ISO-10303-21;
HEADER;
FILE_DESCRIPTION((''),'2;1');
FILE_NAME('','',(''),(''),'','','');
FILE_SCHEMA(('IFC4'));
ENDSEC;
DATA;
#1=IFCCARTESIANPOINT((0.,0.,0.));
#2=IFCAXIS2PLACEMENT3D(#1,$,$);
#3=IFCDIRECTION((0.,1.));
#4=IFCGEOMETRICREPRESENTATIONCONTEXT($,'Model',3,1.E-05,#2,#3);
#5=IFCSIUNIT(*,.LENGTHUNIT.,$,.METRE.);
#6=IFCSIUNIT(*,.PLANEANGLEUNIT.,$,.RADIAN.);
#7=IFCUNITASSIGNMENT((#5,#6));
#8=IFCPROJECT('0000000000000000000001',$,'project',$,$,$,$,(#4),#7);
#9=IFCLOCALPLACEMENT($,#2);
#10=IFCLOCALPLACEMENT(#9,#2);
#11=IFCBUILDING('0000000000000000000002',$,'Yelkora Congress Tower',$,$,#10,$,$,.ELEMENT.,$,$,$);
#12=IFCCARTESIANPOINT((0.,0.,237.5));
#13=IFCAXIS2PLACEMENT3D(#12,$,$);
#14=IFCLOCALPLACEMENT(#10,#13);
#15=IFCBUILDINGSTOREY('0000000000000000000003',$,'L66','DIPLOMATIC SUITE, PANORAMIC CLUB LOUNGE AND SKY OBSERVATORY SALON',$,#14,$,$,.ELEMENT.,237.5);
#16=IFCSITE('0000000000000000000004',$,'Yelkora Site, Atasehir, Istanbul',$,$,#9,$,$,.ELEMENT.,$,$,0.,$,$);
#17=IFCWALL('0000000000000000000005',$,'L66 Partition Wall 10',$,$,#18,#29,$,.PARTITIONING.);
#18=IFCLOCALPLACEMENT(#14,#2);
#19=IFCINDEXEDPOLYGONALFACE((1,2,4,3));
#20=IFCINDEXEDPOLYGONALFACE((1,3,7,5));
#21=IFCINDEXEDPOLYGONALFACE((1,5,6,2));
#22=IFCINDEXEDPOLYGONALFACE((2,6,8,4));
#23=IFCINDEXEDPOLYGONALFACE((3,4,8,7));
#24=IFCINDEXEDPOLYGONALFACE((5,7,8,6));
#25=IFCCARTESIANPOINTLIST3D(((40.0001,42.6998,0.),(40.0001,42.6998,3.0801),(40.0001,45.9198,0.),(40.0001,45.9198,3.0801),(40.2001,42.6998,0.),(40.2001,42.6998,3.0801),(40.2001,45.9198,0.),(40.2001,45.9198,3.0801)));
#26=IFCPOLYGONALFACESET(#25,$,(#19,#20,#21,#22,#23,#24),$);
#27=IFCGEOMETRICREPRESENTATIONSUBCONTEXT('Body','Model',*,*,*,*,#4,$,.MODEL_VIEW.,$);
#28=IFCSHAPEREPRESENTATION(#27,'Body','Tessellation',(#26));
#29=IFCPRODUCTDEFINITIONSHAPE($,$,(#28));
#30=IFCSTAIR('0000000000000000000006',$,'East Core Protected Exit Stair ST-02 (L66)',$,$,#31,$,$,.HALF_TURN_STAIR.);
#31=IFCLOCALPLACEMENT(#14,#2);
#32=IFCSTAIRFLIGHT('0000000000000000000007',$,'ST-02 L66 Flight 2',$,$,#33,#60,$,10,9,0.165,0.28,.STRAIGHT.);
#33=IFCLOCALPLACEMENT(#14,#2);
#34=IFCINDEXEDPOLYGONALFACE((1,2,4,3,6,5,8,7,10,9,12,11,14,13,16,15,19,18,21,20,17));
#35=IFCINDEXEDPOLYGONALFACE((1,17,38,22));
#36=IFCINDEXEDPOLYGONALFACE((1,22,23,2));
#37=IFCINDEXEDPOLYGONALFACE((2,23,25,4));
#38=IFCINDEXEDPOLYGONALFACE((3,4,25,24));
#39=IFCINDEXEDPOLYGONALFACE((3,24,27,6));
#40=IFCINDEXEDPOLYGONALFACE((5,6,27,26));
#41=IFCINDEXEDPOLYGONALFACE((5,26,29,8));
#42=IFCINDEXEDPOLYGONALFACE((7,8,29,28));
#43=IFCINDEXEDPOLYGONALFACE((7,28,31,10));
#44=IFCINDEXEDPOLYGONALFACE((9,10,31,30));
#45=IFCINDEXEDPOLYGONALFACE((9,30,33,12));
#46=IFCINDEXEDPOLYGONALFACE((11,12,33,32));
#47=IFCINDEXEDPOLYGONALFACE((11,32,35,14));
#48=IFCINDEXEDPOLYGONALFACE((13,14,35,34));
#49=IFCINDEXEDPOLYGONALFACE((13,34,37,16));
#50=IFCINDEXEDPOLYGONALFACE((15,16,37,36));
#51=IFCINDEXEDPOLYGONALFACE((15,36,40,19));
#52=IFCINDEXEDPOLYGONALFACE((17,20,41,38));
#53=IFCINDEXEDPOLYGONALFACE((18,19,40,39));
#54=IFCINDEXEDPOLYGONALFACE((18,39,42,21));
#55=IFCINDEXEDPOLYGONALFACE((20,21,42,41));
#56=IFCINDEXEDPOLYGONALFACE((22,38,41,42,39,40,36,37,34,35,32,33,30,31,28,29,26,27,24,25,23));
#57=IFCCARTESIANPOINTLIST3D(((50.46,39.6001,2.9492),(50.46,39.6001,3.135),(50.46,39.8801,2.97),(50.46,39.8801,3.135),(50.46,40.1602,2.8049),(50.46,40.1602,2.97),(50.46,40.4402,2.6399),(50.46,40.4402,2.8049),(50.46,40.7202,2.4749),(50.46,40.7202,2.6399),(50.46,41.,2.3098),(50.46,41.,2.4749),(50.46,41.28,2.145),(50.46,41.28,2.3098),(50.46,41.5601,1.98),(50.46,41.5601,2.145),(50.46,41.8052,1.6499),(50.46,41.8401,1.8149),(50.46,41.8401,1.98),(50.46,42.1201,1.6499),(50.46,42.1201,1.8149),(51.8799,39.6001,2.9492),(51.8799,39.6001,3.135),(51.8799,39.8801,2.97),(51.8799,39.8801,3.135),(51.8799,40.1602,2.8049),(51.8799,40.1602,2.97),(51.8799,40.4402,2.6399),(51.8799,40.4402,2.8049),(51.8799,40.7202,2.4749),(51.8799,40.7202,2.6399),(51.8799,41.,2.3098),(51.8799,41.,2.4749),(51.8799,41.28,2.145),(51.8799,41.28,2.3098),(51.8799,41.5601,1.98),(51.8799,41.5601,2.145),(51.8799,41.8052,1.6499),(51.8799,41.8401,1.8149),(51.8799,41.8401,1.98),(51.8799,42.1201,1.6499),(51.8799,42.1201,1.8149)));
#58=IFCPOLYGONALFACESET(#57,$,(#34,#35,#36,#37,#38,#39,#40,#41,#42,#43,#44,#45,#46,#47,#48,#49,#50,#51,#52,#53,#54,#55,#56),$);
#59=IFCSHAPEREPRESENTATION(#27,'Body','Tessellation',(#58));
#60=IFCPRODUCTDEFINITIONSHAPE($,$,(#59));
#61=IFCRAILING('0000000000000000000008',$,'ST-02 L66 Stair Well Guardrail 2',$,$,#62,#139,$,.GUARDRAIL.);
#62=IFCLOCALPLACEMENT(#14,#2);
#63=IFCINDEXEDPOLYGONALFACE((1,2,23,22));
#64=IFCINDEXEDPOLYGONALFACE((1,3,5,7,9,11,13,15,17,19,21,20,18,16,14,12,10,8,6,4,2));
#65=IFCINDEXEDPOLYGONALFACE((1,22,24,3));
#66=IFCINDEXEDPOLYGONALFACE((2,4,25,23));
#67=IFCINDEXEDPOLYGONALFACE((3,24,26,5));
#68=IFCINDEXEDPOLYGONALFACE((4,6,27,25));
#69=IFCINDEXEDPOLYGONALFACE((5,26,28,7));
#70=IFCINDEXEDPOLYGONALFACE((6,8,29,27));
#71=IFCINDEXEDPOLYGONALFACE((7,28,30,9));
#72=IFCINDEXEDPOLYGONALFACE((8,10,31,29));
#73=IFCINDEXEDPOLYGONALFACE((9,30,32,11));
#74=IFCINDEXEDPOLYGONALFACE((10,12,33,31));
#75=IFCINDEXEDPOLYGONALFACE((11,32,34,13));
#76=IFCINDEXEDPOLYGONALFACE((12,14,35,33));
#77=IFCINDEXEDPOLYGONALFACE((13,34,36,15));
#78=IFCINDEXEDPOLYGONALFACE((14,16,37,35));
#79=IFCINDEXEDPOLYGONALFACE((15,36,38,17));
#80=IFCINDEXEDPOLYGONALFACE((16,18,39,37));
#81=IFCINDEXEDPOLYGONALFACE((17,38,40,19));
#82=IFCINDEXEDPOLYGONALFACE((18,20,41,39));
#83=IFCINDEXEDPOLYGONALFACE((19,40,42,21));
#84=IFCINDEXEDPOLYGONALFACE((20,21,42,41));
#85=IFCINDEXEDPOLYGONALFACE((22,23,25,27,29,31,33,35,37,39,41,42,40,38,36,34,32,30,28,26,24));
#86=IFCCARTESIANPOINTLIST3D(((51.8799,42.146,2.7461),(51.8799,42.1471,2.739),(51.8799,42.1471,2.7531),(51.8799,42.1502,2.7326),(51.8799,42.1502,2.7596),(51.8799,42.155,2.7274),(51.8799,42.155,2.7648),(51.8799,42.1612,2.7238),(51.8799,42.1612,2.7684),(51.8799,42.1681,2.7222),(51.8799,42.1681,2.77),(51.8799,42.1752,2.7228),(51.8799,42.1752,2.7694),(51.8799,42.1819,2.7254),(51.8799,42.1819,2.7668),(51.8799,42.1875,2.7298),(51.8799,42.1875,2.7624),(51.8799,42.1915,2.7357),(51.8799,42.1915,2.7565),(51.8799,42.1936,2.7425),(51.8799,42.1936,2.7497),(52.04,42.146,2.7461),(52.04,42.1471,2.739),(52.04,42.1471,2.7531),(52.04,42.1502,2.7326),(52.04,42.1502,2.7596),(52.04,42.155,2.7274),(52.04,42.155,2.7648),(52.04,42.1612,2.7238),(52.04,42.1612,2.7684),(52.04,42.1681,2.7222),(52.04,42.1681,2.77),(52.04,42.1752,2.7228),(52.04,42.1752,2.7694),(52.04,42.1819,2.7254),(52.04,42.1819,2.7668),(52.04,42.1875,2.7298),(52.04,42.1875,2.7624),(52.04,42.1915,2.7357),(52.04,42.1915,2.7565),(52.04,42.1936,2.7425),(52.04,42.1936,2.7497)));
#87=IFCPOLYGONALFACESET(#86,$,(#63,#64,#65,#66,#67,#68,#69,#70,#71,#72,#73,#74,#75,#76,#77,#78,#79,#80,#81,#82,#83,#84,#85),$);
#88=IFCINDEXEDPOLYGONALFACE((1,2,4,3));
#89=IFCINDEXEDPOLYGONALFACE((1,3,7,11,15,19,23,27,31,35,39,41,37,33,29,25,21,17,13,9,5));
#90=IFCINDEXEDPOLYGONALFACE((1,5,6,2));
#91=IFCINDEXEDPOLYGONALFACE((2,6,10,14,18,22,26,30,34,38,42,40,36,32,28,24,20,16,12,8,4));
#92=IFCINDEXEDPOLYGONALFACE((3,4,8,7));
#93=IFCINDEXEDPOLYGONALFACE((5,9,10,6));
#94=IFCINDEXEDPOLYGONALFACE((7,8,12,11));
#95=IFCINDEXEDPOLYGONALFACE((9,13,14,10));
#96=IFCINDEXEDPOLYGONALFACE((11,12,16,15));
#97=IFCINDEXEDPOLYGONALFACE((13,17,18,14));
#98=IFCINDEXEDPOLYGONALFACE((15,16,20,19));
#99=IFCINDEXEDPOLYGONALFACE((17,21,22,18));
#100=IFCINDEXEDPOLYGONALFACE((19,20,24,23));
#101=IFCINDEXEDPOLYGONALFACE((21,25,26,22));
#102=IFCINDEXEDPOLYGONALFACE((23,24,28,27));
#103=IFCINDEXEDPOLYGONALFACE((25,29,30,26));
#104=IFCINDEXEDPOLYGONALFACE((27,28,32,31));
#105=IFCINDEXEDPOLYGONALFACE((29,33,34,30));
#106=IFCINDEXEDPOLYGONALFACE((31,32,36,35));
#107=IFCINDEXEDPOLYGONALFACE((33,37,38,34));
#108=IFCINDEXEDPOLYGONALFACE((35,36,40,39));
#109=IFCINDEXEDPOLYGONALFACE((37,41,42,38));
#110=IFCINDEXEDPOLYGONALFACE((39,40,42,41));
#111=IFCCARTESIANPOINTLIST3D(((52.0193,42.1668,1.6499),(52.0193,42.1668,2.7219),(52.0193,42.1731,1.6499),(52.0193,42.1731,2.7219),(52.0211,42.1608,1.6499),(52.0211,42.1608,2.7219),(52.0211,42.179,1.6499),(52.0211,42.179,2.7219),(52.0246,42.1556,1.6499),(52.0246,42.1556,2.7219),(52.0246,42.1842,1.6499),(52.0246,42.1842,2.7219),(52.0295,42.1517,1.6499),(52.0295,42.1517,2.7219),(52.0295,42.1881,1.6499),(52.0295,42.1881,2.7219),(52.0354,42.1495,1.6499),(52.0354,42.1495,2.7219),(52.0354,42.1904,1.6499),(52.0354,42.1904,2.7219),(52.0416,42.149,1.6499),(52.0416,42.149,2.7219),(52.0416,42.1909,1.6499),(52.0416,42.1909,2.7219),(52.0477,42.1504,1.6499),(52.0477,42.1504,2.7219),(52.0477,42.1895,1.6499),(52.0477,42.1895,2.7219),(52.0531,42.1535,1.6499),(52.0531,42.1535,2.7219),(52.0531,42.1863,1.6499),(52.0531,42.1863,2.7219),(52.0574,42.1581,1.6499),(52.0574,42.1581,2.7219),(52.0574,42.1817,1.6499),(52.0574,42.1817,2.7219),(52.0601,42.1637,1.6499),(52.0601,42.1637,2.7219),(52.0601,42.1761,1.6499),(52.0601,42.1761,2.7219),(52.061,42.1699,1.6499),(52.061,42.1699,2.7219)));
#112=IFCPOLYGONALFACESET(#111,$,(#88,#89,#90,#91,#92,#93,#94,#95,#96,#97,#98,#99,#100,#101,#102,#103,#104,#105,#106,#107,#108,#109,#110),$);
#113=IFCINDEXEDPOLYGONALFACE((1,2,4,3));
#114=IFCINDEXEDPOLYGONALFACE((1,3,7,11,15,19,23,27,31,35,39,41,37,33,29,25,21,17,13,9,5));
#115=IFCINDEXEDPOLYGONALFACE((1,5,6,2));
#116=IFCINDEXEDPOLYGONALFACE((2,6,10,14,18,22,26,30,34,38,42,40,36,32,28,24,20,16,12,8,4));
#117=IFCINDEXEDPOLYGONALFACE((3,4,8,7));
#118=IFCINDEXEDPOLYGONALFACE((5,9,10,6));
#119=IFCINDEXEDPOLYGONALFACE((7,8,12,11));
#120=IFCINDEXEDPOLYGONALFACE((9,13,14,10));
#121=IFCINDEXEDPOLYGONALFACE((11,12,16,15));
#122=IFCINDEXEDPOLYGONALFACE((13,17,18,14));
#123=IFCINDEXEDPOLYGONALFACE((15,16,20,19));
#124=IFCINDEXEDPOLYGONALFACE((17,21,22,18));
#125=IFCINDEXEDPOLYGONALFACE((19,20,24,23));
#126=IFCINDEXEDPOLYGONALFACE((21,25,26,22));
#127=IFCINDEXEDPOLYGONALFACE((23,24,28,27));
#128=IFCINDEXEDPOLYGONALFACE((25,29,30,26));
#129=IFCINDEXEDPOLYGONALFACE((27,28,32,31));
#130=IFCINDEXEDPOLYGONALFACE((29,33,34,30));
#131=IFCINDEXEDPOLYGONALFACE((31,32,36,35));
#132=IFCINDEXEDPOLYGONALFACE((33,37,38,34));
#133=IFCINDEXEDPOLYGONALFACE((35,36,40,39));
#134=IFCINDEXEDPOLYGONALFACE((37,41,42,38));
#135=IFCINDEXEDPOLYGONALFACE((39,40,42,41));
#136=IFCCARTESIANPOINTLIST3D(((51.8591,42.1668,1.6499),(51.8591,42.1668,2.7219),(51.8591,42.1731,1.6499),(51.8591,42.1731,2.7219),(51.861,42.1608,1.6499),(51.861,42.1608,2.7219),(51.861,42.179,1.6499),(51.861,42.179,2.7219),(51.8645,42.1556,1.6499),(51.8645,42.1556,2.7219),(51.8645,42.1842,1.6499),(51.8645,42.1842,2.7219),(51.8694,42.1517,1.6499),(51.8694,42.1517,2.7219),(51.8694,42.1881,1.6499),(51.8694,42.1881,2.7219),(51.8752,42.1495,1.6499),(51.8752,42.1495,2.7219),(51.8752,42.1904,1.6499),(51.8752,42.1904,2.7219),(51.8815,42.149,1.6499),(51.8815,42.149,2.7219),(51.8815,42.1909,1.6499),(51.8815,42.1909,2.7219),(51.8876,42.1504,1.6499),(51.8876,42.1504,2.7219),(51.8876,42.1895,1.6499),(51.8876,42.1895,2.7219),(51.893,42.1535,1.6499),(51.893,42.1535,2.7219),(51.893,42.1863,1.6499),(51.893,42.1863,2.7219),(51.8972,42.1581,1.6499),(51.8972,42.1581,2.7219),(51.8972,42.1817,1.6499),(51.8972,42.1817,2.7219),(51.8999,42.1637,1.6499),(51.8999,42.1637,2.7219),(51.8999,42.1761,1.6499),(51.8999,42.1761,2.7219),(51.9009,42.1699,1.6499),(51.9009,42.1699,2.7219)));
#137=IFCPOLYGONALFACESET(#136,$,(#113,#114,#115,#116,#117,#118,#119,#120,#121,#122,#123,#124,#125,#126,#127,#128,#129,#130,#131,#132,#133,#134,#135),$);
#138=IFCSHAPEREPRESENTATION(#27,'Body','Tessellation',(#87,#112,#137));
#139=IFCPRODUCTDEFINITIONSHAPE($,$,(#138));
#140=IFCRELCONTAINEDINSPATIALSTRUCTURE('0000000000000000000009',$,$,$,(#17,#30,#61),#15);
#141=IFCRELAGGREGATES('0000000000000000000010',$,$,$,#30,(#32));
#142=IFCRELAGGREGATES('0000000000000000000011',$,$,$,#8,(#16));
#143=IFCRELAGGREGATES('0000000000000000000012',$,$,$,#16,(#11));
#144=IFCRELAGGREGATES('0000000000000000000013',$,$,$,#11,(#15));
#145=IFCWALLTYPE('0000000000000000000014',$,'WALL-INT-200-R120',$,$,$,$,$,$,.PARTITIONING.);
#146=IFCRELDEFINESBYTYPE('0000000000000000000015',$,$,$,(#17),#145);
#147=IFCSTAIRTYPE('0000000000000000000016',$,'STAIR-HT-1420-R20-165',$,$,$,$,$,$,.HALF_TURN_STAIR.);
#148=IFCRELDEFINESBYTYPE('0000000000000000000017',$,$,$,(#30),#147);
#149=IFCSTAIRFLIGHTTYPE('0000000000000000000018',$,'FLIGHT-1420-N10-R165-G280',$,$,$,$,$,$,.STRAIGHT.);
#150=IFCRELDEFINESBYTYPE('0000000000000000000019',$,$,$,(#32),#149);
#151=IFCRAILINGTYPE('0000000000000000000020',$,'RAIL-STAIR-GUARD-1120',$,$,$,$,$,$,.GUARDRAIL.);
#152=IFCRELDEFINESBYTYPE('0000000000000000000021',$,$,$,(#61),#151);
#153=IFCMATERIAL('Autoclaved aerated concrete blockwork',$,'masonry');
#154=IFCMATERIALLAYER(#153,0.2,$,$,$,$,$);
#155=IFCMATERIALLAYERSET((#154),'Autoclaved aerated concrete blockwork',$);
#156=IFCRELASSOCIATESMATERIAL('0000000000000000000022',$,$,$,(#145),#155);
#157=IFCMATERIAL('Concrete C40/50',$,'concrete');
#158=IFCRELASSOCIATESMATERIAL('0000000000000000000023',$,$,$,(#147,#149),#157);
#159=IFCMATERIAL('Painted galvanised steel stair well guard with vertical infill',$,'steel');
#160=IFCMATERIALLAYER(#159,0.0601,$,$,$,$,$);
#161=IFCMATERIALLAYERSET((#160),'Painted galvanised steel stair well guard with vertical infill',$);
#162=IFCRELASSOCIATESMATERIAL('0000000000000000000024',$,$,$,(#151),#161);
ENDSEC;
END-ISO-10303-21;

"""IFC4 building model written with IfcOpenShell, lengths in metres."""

from ifc_helpers import new_model, si_unit, direction, frame, frame_2d, origin, origin_2d, place, context, subcontext, project, spatial, polyline, rectangle, circle, outline, extrude, material, layer, layer_set, type_object, element, aggregate, save


model = new_model("IFC4")

# Units and contexts
model_context = context("Model", 3, precision=1e-05, world=origin(), true_north=direction((0.0, 1.0)))
body_context = subcontext(model_context, "Body", "Model", "MODEL_VIEW")
ifc_project = project(units=[si_unit("LENGTHUNIT", "METRE"), si_unit("PLANEANGLEUNIT", "RADIAN")], contexts=[model_context])

# Site, building, storey
site_placement = place(None, origin())
site = spatial("IfcSite", under=ifc_project, at=site_placement, Name="Yelkora Site, Atasehir, Istanbul", CompositionType="ELEMENT", RefElevation=0.0)
building_placement = place(site_placement, origin())
building = spatial("IfcBuilding", under=site, at=building_placement, Name="Yelkora Congress Tower", CompositionType="ELEMENT")
storey_placement = place(building_placement, frame((0.0, 0.0, 237.5)))
storey = spatial("IfcBuildingStorey", under=building, at=storey_placement, Name="L66", Description="DIPLOMATIC SUITE, PANORAMIC CLUB LOUNGE AND SKY OBSERVATORY SALON", CompositionType="ELEMENT", Elevation=237.5)

# Wall
ifc_material_1 = material(Name="Autoclaved aerated concrete blockwork", Category="masonry")
ifc_layer_1 = layer(ifc_material_1, 0.2)
ifc_layer_set_1 = layer_set([ifc_layer_1], Name="Autoclaved aerated concrete blockwork")
wall_type_1 = type_object("IfcWallType", Name="WALL-INT-200-R120", PredefinedType="PARTITIONING", material=ifc_layer_set_1)
wall_1_placement = place(storey_placement, frame((40.1001, 42.7, 0.0), z_axis=(0.0, 0.0, 1.0), x_axis=(0.0, 1.0, 0.0)))
element("IfcWall", 1, at=wall_1_placement, inside=storey, type_object=wall_type_1, Name="L66 Partition Wall 10", PredefinedType="PARTITIONING", context=body_context, shape_type="SweptSolid", body=[
    extrude(rectangle(XDim=3.22, YDim=0.2, at=frame_2d((1.6099, 0.0))), origin(), (0.0, 0.0, 1.0), 3.0801),
])

# Stair, stair flight
ifc_material_2 = material(Name="Concrete C40/50", Category="concrete")
stair_type = type_object("IfcStairType", Name="STAIR-HT-1420-R20-165", PredefinedType="HALF_TURN_STAIR", material=ifc_material_2)
stair_placement = place(storey_placement, origin())
stair = element("IfcStair", 2, at=stair_placement, inside=storey, type_object=stair_type, Name="East Core Protected Exit Stair ST-02 (L66)", PredefinedType="HALF_TURN_STAIR")
stair_flight_type = type_object("IfcStairFlightType", Name="FLIGHT-1420-N10-R165-G280", PredefinedType="STRAIGHT", material=ifc_material_2)
stair_flight_placement = place(storey_placement, frame((51.1699, 42.1201, 1.6499), z_axis=(0.0, 0.0, 1.0), x_axis=(0.0, -1.0, 0.0)))
stair_flight = element("IfcStairFlight", 3, at=stair_flight_placement, type_object=stair_flight_type, Name="ST-02 L66 Flight 2", NumberOfRisers=10, NumberOfTreads=9, PredefinedType="STRAIGHT", RiserHeight=0.165, TreadLength=0.28, context=body_context, shape_type="SweptSolid", body=[
    extrude(outline(polyline([(0.0, 0.0), (0.0, 0.165), (0.28, 0.165), (0.28, 0.3301), (0.5601, 0.3301), (0.5601, 0.4951), (0.8401, 0.4951), (0.8401, 0.6599), (1.1201, 0.6599), (1.1201, 0.825), (1.3999, 0.825), (1.3999, 0.99), (1.6799, 0.99), (1.6799, 1.155), (1.96, 1.155), (1.96, 1.3201), (2.24, 1.3201), (2.24, 1.4851), (2.52, 1.4851), (2.52, 1.6499), (2.52, 1.2993), (0.3149, 0.0), (0.0, 0.0)])), frame((0.0, 0.71, 0.0), z_axis=(0.0, -1.0, 0.0), x_axis=(1.0, 0.0, 0.0)), (0.0, 0.0, 1.0), 1.4199),
])
aggregate(stair, [stair_flight])

# Railing
ifc_material_3 = material(Name="Painted galvanised steel stair well guard with vertical infill", Category="steel")
ifc_layer_2 = layer(ifc_material_3, 0.0601)
ifc_layer_set_2 = layer_set([ifc_layer_2], Name="Painted galvanised steel stair well guard with vertical infill")
railing_type = type_object("IfcRailingType", Name="RAIL-STAIR-GUARD-1120", PredefinedType="GUARDRAIL", material=ifc_layer_set_2)
railing_1_placement = place(storey_placement, frame((52.04, 42.1699, 1.6499)))
element("IfcRailing", 4, at=railing_1_placement, inside=storey, type_object=railing_type, Name="ST-02 L66 Stair Well Guardrail 2", PredefinedType="GUARDRAIL", context=body_context, shape_type="SweptSolid", body=[
    extrude(circle(Radius=0.0239, at=origin_2d()), frame((0.0, 0.0, 1.0962), z_axis=(-1.0, 0.0, 0.0), x_axis=(0.0, -1.0, 0.0)), (0.0, 0.0, 1.0), 0.1602),
    extrude(circle(Radius=0.021, at=origin_2d()), origin(), (0.0, 0.0, 1.0), 1.072),
    extrude(circle(Radius=0.021, at=origin_2d()), frame((-0.1602, 0.0, 0.0)), (0.0, 0.0, 1.0), 1.072),
])

save(model, "model.ifc")
